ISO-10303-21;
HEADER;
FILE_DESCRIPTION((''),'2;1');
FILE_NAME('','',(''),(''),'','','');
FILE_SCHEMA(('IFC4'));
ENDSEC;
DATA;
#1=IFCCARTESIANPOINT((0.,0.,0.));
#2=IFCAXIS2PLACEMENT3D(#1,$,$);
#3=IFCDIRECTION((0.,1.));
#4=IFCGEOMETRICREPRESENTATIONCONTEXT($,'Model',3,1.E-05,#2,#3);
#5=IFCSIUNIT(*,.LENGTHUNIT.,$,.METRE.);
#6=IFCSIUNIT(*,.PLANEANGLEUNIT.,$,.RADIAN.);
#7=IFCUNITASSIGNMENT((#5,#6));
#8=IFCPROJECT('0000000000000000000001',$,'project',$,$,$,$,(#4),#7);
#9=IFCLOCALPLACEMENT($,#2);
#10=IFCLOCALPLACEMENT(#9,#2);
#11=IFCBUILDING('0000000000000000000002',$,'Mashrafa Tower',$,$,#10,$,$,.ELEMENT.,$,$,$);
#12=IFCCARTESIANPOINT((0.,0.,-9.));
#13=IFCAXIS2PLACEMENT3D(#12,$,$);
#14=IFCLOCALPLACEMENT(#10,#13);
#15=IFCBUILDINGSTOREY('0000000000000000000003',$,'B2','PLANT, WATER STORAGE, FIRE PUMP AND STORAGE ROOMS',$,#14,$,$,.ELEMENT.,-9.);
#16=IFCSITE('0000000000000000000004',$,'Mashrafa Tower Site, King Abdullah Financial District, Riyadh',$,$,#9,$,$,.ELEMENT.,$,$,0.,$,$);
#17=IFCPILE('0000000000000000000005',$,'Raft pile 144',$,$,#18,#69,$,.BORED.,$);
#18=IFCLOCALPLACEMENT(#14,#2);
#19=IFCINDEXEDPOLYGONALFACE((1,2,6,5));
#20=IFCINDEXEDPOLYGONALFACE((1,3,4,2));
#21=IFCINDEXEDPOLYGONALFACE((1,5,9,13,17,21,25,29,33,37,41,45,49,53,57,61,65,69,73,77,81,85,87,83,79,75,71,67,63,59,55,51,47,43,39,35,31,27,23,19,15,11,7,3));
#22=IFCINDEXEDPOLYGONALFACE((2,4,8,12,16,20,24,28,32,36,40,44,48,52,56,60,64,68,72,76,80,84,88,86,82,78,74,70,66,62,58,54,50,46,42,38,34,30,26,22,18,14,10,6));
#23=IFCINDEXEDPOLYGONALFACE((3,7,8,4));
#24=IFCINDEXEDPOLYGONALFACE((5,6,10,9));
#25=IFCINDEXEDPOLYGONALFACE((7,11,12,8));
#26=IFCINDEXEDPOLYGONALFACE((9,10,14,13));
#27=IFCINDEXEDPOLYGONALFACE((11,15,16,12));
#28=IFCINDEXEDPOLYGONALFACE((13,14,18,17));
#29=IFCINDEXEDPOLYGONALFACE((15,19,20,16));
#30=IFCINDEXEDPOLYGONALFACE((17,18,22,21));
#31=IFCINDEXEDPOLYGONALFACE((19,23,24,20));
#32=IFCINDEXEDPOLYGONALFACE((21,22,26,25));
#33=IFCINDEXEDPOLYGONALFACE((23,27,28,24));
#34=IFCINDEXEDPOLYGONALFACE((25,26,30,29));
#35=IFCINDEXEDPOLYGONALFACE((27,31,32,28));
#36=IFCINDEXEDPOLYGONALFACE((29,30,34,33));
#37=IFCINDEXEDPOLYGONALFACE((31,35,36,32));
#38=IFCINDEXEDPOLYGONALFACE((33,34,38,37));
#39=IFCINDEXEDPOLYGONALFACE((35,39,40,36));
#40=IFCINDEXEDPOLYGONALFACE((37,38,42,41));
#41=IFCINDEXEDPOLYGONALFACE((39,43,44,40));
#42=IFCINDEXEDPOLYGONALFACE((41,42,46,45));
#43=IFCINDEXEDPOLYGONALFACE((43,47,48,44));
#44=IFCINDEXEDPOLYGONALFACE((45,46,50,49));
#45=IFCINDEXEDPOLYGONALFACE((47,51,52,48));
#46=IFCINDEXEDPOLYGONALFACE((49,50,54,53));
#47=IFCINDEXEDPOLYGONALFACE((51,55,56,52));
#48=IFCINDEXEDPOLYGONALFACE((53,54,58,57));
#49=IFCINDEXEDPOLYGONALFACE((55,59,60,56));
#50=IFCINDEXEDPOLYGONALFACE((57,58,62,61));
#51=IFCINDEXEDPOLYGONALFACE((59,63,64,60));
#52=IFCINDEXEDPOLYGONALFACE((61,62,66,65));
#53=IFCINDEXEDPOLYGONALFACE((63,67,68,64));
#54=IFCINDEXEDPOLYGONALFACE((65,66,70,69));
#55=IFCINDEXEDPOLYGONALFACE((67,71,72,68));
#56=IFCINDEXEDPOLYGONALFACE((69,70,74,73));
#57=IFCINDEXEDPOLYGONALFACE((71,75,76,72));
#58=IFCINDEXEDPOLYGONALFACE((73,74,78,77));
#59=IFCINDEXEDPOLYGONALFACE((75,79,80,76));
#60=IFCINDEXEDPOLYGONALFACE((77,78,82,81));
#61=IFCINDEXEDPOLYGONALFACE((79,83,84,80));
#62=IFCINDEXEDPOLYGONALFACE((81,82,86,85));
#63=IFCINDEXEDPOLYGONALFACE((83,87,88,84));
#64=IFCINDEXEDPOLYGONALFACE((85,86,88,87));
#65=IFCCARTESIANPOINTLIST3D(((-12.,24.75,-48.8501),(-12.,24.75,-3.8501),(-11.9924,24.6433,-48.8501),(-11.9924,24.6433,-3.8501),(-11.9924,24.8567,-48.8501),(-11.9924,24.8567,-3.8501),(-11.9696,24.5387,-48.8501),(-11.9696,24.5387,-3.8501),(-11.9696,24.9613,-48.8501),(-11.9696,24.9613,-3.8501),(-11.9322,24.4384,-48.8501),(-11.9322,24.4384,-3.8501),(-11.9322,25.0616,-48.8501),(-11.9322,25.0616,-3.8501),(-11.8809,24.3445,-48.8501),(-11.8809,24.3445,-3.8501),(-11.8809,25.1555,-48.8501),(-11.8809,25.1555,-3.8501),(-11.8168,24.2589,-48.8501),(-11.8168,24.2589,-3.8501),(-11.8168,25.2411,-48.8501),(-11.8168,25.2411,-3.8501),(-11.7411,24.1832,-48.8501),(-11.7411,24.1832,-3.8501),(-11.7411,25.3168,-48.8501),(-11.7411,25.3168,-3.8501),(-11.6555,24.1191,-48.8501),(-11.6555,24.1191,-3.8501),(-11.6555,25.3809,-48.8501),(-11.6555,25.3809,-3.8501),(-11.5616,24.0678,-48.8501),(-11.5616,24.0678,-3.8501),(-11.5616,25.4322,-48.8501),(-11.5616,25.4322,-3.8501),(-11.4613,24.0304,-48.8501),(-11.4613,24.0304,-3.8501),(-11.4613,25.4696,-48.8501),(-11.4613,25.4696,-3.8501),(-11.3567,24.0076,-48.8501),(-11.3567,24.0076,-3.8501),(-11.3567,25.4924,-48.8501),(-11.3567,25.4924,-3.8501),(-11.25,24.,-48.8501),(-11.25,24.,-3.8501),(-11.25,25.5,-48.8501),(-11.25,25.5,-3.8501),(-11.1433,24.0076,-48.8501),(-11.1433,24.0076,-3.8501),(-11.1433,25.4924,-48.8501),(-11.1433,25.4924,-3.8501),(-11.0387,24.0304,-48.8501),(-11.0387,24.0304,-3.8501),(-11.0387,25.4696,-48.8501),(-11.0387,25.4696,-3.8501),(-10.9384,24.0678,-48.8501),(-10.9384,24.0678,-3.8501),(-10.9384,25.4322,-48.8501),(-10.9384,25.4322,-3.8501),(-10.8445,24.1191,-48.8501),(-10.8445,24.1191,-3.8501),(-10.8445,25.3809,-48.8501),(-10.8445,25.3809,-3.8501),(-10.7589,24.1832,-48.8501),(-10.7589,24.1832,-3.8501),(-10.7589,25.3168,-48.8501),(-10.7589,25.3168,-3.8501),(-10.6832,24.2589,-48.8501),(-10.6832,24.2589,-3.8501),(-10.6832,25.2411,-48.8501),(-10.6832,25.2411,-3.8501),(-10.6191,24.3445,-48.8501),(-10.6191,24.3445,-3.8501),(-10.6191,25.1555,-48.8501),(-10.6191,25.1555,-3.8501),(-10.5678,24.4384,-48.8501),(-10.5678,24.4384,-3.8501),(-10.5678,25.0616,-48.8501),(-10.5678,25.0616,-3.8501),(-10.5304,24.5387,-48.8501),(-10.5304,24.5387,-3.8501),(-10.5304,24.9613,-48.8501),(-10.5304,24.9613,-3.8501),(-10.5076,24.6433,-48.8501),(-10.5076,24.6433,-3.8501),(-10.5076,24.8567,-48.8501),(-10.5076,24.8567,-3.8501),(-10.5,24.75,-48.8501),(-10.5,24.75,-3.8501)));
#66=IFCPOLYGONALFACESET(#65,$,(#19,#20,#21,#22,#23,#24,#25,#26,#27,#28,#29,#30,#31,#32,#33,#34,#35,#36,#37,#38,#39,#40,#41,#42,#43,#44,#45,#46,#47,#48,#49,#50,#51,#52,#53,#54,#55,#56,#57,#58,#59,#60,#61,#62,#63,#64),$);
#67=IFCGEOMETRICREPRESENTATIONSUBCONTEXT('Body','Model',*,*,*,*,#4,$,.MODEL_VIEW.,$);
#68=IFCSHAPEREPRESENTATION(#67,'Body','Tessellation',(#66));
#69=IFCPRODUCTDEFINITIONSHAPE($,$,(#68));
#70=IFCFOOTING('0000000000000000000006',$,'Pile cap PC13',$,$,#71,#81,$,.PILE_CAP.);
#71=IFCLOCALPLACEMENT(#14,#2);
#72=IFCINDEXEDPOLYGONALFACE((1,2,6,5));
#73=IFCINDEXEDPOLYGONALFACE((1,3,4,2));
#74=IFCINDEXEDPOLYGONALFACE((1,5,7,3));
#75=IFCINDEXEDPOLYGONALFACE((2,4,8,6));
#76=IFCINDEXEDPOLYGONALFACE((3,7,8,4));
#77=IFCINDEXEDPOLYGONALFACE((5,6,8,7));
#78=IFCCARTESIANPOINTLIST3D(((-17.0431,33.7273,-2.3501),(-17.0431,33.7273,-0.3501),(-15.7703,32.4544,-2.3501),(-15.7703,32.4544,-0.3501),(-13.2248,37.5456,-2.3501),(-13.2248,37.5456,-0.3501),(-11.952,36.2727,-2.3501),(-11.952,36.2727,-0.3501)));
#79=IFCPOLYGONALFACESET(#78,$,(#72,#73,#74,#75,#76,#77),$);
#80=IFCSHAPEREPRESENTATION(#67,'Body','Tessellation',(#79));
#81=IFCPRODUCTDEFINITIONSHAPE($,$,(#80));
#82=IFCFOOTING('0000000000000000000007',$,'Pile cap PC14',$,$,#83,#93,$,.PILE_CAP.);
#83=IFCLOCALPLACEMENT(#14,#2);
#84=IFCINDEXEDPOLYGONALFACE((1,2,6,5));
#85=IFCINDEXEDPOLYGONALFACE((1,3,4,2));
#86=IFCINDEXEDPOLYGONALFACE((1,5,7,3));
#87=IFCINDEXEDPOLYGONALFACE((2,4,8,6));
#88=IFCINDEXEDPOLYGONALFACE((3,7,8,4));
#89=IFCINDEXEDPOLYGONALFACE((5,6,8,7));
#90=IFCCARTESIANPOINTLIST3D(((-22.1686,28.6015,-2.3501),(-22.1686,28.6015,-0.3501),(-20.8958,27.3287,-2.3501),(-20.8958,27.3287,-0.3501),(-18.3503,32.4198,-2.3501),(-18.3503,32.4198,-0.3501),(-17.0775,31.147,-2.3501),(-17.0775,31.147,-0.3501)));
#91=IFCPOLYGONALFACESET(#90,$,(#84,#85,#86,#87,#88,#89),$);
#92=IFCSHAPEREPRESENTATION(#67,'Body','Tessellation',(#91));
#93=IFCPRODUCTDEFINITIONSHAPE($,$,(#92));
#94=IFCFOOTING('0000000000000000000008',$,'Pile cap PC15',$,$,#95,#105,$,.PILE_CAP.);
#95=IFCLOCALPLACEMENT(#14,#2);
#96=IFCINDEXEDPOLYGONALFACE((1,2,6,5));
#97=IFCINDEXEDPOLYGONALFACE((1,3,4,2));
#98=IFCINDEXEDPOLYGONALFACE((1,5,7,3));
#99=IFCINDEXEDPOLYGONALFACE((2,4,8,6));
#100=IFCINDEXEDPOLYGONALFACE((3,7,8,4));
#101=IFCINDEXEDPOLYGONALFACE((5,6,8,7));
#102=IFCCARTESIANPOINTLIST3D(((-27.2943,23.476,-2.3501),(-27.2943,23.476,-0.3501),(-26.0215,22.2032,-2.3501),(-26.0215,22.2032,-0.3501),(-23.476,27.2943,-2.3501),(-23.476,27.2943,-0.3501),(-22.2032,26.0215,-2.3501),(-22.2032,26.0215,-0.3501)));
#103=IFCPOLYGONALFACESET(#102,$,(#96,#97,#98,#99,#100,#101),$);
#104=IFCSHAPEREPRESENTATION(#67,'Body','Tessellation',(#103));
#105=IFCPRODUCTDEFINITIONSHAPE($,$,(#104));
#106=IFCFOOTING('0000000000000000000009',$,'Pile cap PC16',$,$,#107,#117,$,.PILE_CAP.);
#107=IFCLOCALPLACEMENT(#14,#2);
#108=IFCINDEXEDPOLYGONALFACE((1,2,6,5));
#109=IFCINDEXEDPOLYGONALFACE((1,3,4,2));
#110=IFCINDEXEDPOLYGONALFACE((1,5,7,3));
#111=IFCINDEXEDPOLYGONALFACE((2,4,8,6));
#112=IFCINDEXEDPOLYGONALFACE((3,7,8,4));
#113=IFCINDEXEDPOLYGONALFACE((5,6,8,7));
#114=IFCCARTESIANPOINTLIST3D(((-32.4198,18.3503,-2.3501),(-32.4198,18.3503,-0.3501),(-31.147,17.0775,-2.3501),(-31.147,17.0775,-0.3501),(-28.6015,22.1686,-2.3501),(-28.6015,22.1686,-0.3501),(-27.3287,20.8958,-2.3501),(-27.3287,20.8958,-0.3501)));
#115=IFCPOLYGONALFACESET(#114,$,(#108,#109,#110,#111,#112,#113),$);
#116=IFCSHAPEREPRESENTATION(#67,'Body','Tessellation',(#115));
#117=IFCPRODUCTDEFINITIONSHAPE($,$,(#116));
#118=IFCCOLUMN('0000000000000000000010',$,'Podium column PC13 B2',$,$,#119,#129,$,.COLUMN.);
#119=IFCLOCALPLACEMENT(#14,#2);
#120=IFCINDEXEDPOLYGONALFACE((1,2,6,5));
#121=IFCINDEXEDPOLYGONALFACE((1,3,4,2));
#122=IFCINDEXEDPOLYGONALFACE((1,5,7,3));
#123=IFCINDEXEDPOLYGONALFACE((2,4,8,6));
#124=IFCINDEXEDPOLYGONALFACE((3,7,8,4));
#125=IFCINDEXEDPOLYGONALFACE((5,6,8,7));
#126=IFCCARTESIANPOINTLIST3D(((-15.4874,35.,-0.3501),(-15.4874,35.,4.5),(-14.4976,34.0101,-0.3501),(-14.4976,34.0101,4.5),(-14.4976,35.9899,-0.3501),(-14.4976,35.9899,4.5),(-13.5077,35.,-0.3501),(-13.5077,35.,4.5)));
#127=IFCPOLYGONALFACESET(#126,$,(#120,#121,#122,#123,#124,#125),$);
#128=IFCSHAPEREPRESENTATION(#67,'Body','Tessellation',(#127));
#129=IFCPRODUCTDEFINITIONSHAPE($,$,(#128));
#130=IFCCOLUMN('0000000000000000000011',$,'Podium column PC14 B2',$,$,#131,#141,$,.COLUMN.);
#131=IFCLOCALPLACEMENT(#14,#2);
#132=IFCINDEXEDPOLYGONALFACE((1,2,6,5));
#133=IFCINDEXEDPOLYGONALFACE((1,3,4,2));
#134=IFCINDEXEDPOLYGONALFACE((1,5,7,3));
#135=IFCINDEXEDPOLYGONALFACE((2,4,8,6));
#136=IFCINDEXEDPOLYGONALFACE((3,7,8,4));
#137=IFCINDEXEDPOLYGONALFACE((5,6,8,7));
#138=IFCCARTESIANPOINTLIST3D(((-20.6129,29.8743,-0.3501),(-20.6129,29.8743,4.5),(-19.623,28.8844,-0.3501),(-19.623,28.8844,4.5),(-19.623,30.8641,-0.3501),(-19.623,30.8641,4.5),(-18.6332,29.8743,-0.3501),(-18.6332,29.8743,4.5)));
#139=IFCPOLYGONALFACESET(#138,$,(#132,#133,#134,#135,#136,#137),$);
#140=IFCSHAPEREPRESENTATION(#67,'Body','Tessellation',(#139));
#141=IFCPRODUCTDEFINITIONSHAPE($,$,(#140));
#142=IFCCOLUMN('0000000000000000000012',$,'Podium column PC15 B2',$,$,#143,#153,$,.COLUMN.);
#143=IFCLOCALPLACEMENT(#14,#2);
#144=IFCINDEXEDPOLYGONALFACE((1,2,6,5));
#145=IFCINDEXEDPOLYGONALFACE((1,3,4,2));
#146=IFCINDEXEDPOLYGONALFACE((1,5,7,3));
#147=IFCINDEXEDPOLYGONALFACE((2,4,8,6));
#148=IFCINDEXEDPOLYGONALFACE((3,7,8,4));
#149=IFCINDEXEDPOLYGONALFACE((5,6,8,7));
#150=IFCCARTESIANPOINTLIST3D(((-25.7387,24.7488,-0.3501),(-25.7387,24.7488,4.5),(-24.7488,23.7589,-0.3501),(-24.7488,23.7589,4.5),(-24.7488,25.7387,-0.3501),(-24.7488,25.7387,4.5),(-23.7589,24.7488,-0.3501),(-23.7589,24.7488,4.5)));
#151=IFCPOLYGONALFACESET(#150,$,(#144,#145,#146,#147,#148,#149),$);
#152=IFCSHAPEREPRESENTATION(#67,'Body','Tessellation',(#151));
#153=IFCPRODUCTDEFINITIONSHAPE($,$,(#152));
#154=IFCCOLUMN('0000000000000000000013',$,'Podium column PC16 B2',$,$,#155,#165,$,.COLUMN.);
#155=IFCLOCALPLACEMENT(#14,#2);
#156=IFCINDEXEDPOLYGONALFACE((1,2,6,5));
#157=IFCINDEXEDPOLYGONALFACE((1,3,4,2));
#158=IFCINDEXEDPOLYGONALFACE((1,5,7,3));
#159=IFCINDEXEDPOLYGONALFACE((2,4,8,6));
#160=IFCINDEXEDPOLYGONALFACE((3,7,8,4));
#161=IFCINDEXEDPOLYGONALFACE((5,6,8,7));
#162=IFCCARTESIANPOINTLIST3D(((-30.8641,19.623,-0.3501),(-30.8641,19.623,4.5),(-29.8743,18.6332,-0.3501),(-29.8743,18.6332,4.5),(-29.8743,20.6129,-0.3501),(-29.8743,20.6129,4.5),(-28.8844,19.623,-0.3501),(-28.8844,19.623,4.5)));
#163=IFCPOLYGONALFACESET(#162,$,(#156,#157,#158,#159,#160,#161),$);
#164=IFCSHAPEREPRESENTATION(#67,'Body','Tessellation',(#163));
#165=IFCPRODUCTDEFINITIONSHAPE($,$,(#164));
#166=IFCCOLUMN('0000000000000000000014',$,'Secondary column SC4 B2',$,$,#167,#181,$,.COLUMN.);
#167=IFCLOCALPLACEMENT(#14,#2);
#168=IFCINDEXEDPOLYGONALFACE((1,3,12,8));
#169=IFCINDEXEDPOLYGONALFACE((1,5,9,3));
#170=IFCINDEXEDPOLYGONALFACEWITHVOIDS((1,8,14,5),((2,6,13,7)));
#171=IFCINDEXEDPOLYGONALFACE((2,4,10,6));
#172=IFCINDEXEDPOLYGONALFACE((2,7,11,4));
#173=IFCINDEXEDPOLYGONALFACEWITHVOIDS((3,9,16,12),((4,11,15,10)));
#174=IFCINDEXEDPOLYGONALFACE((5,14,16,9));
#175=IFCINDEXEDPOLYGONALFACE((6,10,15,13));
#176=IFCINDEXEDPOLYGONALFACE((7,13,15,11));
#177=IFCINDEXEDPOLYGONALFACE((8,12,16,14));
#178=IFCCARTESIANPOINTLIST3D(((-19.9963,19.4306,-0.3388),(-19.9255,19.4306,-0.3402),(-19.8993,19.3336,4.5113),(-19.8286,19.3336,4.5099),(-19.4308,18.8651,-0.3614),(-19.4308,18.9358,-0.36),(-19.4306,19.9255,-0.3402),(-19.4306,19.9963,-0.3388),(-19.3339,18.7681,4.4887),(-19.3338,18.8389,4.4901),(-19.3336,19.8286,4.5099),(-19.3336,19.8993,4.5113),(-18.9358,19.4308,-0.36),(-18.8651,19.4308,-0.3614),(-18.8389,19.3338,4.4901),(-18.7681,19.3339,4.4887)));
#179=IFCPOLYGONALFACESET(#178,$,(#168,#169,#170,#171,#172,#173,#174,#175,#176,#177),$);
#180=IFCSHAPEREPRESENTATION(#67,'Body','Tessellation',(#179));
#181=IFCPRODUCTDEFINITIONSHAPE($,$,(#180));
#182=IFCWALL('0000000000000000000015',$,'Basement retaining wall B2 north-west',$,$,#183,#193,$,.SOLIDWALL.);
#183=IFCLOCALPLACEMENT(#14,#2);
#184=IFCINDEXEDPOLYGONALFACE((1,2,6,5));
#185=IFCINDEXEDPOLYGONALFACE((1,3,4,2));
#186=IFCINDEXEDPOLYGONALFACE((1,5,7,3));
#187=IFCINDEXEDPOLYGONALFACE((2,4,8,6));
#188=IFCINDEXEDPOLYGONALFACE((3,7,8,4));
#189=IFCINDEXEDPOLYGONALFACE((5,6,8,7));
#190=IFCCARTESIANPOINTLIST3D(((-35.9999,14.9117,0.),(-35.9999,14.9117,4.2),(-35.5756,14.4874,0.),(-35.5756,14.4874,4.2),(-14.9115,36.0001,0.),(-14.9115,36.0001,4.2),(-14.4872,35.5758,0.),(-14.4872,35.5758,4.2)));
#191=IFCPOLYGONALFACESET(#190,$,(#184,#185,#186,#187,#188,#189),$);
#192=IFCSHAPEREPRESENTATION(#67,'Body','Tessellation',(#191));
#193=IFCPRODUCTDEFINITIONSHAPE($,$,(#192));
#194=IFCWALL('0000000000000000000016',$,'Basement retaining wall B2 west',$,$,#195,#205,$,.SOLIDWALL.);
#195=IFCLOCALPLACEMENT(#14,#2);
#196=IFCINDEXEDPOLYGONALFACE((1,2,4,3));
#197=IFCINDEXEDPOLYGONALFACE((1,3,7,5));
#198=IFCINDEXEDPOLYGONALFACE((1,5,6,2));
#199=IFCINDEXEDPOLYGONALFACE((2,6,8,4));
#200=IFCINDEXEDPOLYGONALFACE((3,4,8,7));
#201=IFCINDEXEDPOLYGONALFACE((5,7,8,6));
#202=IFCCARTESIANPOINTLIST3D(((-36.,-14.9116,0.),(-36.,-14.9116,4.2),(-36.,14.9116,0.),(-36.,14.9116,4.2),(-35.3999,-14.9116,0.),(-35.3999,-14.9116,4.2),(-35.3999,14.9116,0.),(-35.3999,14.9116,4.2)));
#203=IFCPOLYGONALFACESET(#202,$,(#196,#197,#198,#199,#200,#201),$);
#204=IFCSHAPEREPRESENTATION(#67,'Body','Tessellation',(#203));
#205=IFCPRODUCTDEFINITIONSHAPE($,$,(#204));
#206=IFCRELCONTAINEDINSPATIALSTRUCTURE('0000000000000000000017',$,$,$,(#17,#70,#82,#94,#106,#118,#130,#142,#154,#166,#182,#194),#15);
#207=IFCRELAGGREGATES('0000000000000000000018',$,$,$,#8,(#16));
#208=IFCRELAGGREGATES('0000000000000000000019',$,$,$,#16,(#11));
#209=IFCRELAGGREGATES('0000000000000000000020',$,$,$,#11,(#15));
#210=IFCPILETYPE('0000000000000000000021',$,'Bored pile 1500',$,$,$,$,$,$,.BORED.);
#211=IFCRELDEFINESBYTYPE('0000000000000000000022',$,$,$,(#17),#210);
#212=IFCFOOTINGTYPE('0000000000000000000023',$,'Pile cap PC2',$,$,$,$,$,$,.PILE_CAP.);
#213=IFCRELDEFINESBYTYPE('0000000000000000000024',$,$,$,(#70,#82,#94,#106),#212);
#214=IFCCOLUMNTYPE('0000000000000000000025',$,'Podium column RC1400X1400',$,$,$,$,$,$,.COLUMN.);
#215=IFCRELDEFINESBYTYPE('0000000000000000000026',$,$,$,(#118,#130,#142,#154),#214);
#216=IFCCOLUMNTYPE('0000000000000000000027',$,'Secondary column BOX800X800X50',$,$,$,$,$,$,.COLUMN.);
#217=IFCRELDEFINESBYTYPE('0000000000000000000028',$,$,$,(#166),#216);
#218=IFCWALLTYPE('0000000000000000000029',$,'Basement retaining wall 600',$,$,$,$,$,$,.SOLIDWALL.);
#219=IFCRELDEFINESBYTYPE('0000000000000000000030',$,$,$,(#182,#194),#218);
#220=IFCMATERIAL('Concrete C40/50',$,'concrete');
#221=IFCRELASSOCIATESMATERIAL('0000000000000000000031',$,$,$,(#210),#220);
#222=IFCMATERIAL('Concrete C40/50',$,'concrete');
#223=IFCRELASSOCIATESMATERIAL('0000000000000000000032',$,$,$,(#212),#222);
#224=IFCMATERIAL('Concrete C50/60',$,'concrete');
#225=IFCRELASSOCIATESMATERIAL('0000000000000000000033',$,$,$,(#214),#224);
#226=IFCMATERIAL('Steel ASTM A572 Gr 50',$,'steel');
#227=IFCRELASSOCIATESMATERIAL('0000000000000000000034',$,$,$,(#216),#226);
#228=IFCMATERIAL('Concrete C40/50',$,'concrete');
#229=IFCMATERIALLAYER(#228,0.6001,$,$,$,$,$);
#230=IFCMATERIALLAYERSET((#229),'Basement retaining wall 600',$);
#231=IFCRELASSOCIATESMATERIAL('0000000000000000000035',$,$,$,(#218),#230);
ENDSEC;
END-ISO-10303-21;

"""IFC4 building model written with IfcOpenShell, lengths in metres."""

from ifc_helpers import new_model, si_unit, direction, frame, frame_2d, origin, origin_2d, place, context, subcontext, project, spatial, rectangle, hollow_rectangle, circle, extrude, material, layer, layer_set, material_profile, profile_set, type_object, element, save


model = new_model("IFC4")

# Units and contexts
model_context = context("Model", 3, precision=1e-05, world=origin(), true_north=direction((0.0, 1.0)))
body_context = subcontext(model_context, "Body", "Model", "MODEL_VIEW")
ifc_project = project(units=[si_unit("LENGTHUNIT", "METRE"), si_unit("PLANEANGLEUNIT", "RADIAN")], contexts=[model_context])

# Site, building, storey
site_placement = place(None, origin())
site = spatial("IfcSite", under=ifc_project, at=site_placement, Name="Mashrafa Tower Site, King Abdullah Financial District, Riyadh", CompositionType="ELEMENT", RefElevation=0.0)
building_placement = place(site_placement, origin())
building = spatial("IfcBuilding", under=site, at=building_placement, Name="Mashrafa Tower", CompositionType="ELEMENT")
storey_placement = place(building_placement, frame((0.0, 0.0, -9.0)))
storey = spatial("IfcBuildingStorey", under=building, at=storey_placement, Name="B2", Description="PLANT, WATER STORAGE, FIRE PUMP AND STORAGE ROOMS", CompositionType="ELEMENT", Elevation=-9.0)

# Pile
ifc_material_1 = material(Name="Concrete C40/50", Category="concrete")
ifc_material_profile_1 = material_profile(ifc_material_1, circle(Radius=0.75, at=origin_2d()), Name="1500 DIA")
ifc_profile_set_1 = profile_set([ifc_material_profile_1], Name="Concrete C40/50")
pile_type_1 = type_object("IfcPileType", Name="Bored pile 1500", PredefinedType="BORED", material=ifc_profile_set_1)
for number, where, z_axis, x_axis, name in (
    (1, (-11.25, 24.75, -3.8501), (0.0, 0.0, -1.0), (1.0, 0.0, 0.0), "Raft pile 144"),
):
    element("IfcPile", number, at=place(storey_placement, frame(where, z_axis=z_axis, x_axis=x_axis)), inside=storey, type_object=pile_type_1, Name=name, PredefinedType="BORED", context=body_context, shape_type="SweptSolid", body=[
        extrude(circle(Radius=0.75, at=origin_2d()), origin(), (0.0, 0.0, 1.0), 45.0),
    ])

# Footings
ifc_material_2 = material(Name="Concrete C40/50", Category="concrete")
footing_type = type_object("IfcFootingType", Name="Pile cap PC2", PredefinedType="PILE_CAP", material=ifc_material_2)
for number, where, z_axis, x_axis, name in (
    (2, (-14.4976, 35.0, -2.3501), (0.0, 0.0, 1.0), (-0.707107, -0.707107, 0.0), "Pile cap PC13"),
    (3, (-19.623, 29.8743, -2.3501), (0.0, 0.0, 1.0), (-0.707107, -0.707107, 0.0), "Pile cap PC14"),
    (4, (-24.7488, 24.7488, -2.3501), (0.0, 0.0, 1.0), (-0.707107, -0.707107, 0.0), "Pile cap PC15"),
    (5, (-29.8743, 19.623, -2.3501), (0.0, 0.0, 1.0), (-0.707107, -0.707107, 0.0), "Pile cap PC16"),
):
    element("IfcFooting", number, at=place(storey_placement, frame(where, z_axis=z_axis, x_axis=x_axis)), inside=storey, type_object=footing_type, Name=name, PredefinedType="PILE_CAP", context=body_context, shape_type="SweptSolid", body=[
        extrude(rectangle(XDim=5.3999, YDim=1.8, at=origin_2d()), origin(), (0.0, 0.0, 1.0), 2.0),
    ])

# Columns
ifc_material_3 = material(Name="Concrete C50/60", Category="concrete")
ifc_material_profile_2 = material_profile(ifc_material_3, rectangle(XDim=1.3999, YDim=1.3999, at=origin_2d()), Name="RC1400X1400")
ifc_profile_set_2 = profile_set([ifc_material_profile_2], Name="Concrete C50/60")
column_type_1 = type_object("IfcColumnType", Name="Podium column RC1400X1400", PredefinedType="COLUMN", material=ifc_profile_set_2)
for number, where, z_axis, x_axis, name in (
    (6, (-14.4976, 35.0, -0.3501), (0.0, 0.0, 1.0), (0.707107, 0.707107, 0.0), "Podium column PC13 B2"),
    (7, (-19.623, 29.8743, -0.3501), (0.0, 0.0, 1.0), (0.707107, 0.707107, 0.0), "Podium column PC14 B2"),
    (8, (-24.7488, 24.7488, -0.3501), (0.0, 0.0, 1.0), (0.707107, 0.707107, 0.0), "Podium column PC15 B2"),
    (9, (-29.8743, 19.623, -0.3501), (0.0, 0.0, 1.0), (0.707107, 0.707107, 0.0), "Podium column PC16 B2"),
):
    element("IfcColumn", number, at=place(storey_placement, frame(where, z_axis=z_axis, x_axis=x_axis)), inside=storey, type_object=column_type_1, Name=name, PredefinedType="COLUMN", context=body_context, shape_type="SweptSolid", body=[
        extrude(rectangle(XDim=1.3999, YDim=1.3999, at=origin_2d()), origin(), (0.0, 0.0, 1.0), 4.8501),
    ])
ifc_material_4 = material(Name="Steel ASTM A572 Gr 50", Category="steel")
ifc_material_profile_3 = material_profile(ifc_material_4, hollow_rectangle(XDim=0.8, YDim=0.8, WallThickness=0.05, at=origin_2d()), Name="BOX800X800X50")
ifc_profile_set_3 = profile_set([ifc_material_profile_3], Name="Steel ASTM A572 Gr 50")
column_type_2 = type_object("IfcColumnType", Name="Secondary column BOX800X800X50", PredefinedType="COLUMN", material=ifc_profile_set_3)
column_placement = place(storey_placement, frame((-19.4307, 19.4307, -0.3501), z_axis=(0.019976, -0.019976, 0.999601), x_axis=(0.707107, 0.707107, 0.0)))
element("IfcColumn", 10, at=column_placement, inside=storey, type_object=column_type_2, Name="Secondary column SC4 B2", PredefinedType="COLUMN", context=body_context, shape_type="SweptSolid", body=[
    extrude(hollow_rectangle(XDim=0.8, YDim=0.8, WallThickness=0.05, at=origin_2d()), origin(), (0.0, 0.0, 1.0), 4.8521),
])

# Walls
ifc_material_5 = material(Name="Concrete C40/50", Category="concrete")
ifc_layer = layer(ifc_material_5, 0.6001)
ifc_layer_set = layer_set([ifc_layer], Name="Basement retaining wall 600")
wall_type = type_object("IfcWallType", Name="Basement retaining wall 600", PredefinedType="SOLIDWALL", material=ifc_layer_set)
wall_1_placement = place(storey_placement, frame((-14.6995, 35.7878, 0.0), z_axis=(0.0, 0.0, 1.0), x_axis=(-0.707107, -0.707107, 0.0)))
element("IfcWall", 11, at=wall_1_placement, inside=storey, type_object=wall_type, Name="Basement retaining wall B2 north-west", PredefinedType="SOLIDWALL", context=body_context, shape_type="SweptSolid", body=[
    extrude(rectangle(XDim=29.8235, YDim=0.6001, at=frame_2d((14.9116, 0.0))), origin(), (0.0, 0.0, 1.0), 4.2),
])
wall_2_placement = place(storey_placement, frame((-35.7, 14.9116, 0.0), z_axis=(0.0, 0.0, 1.0), x_axis=(0.0, -1.0, 0.0)))
element("IfcWall", 12, at=wall_2_placement, inside=storey, type_object=wall_type, Name="Basement retaining wall B2 west", PredefinedType="SOLIDWALL", context=body_context, shape_type="SweptSolid", body=[
    extrude(rectangle(XDim=29.8232, YDim=0.6001, at=frame_2d((14.9116, 0.0))), origin(), (0.0, 0.0, 1.0), 4.2),
])

save(model, "model.ifc")
